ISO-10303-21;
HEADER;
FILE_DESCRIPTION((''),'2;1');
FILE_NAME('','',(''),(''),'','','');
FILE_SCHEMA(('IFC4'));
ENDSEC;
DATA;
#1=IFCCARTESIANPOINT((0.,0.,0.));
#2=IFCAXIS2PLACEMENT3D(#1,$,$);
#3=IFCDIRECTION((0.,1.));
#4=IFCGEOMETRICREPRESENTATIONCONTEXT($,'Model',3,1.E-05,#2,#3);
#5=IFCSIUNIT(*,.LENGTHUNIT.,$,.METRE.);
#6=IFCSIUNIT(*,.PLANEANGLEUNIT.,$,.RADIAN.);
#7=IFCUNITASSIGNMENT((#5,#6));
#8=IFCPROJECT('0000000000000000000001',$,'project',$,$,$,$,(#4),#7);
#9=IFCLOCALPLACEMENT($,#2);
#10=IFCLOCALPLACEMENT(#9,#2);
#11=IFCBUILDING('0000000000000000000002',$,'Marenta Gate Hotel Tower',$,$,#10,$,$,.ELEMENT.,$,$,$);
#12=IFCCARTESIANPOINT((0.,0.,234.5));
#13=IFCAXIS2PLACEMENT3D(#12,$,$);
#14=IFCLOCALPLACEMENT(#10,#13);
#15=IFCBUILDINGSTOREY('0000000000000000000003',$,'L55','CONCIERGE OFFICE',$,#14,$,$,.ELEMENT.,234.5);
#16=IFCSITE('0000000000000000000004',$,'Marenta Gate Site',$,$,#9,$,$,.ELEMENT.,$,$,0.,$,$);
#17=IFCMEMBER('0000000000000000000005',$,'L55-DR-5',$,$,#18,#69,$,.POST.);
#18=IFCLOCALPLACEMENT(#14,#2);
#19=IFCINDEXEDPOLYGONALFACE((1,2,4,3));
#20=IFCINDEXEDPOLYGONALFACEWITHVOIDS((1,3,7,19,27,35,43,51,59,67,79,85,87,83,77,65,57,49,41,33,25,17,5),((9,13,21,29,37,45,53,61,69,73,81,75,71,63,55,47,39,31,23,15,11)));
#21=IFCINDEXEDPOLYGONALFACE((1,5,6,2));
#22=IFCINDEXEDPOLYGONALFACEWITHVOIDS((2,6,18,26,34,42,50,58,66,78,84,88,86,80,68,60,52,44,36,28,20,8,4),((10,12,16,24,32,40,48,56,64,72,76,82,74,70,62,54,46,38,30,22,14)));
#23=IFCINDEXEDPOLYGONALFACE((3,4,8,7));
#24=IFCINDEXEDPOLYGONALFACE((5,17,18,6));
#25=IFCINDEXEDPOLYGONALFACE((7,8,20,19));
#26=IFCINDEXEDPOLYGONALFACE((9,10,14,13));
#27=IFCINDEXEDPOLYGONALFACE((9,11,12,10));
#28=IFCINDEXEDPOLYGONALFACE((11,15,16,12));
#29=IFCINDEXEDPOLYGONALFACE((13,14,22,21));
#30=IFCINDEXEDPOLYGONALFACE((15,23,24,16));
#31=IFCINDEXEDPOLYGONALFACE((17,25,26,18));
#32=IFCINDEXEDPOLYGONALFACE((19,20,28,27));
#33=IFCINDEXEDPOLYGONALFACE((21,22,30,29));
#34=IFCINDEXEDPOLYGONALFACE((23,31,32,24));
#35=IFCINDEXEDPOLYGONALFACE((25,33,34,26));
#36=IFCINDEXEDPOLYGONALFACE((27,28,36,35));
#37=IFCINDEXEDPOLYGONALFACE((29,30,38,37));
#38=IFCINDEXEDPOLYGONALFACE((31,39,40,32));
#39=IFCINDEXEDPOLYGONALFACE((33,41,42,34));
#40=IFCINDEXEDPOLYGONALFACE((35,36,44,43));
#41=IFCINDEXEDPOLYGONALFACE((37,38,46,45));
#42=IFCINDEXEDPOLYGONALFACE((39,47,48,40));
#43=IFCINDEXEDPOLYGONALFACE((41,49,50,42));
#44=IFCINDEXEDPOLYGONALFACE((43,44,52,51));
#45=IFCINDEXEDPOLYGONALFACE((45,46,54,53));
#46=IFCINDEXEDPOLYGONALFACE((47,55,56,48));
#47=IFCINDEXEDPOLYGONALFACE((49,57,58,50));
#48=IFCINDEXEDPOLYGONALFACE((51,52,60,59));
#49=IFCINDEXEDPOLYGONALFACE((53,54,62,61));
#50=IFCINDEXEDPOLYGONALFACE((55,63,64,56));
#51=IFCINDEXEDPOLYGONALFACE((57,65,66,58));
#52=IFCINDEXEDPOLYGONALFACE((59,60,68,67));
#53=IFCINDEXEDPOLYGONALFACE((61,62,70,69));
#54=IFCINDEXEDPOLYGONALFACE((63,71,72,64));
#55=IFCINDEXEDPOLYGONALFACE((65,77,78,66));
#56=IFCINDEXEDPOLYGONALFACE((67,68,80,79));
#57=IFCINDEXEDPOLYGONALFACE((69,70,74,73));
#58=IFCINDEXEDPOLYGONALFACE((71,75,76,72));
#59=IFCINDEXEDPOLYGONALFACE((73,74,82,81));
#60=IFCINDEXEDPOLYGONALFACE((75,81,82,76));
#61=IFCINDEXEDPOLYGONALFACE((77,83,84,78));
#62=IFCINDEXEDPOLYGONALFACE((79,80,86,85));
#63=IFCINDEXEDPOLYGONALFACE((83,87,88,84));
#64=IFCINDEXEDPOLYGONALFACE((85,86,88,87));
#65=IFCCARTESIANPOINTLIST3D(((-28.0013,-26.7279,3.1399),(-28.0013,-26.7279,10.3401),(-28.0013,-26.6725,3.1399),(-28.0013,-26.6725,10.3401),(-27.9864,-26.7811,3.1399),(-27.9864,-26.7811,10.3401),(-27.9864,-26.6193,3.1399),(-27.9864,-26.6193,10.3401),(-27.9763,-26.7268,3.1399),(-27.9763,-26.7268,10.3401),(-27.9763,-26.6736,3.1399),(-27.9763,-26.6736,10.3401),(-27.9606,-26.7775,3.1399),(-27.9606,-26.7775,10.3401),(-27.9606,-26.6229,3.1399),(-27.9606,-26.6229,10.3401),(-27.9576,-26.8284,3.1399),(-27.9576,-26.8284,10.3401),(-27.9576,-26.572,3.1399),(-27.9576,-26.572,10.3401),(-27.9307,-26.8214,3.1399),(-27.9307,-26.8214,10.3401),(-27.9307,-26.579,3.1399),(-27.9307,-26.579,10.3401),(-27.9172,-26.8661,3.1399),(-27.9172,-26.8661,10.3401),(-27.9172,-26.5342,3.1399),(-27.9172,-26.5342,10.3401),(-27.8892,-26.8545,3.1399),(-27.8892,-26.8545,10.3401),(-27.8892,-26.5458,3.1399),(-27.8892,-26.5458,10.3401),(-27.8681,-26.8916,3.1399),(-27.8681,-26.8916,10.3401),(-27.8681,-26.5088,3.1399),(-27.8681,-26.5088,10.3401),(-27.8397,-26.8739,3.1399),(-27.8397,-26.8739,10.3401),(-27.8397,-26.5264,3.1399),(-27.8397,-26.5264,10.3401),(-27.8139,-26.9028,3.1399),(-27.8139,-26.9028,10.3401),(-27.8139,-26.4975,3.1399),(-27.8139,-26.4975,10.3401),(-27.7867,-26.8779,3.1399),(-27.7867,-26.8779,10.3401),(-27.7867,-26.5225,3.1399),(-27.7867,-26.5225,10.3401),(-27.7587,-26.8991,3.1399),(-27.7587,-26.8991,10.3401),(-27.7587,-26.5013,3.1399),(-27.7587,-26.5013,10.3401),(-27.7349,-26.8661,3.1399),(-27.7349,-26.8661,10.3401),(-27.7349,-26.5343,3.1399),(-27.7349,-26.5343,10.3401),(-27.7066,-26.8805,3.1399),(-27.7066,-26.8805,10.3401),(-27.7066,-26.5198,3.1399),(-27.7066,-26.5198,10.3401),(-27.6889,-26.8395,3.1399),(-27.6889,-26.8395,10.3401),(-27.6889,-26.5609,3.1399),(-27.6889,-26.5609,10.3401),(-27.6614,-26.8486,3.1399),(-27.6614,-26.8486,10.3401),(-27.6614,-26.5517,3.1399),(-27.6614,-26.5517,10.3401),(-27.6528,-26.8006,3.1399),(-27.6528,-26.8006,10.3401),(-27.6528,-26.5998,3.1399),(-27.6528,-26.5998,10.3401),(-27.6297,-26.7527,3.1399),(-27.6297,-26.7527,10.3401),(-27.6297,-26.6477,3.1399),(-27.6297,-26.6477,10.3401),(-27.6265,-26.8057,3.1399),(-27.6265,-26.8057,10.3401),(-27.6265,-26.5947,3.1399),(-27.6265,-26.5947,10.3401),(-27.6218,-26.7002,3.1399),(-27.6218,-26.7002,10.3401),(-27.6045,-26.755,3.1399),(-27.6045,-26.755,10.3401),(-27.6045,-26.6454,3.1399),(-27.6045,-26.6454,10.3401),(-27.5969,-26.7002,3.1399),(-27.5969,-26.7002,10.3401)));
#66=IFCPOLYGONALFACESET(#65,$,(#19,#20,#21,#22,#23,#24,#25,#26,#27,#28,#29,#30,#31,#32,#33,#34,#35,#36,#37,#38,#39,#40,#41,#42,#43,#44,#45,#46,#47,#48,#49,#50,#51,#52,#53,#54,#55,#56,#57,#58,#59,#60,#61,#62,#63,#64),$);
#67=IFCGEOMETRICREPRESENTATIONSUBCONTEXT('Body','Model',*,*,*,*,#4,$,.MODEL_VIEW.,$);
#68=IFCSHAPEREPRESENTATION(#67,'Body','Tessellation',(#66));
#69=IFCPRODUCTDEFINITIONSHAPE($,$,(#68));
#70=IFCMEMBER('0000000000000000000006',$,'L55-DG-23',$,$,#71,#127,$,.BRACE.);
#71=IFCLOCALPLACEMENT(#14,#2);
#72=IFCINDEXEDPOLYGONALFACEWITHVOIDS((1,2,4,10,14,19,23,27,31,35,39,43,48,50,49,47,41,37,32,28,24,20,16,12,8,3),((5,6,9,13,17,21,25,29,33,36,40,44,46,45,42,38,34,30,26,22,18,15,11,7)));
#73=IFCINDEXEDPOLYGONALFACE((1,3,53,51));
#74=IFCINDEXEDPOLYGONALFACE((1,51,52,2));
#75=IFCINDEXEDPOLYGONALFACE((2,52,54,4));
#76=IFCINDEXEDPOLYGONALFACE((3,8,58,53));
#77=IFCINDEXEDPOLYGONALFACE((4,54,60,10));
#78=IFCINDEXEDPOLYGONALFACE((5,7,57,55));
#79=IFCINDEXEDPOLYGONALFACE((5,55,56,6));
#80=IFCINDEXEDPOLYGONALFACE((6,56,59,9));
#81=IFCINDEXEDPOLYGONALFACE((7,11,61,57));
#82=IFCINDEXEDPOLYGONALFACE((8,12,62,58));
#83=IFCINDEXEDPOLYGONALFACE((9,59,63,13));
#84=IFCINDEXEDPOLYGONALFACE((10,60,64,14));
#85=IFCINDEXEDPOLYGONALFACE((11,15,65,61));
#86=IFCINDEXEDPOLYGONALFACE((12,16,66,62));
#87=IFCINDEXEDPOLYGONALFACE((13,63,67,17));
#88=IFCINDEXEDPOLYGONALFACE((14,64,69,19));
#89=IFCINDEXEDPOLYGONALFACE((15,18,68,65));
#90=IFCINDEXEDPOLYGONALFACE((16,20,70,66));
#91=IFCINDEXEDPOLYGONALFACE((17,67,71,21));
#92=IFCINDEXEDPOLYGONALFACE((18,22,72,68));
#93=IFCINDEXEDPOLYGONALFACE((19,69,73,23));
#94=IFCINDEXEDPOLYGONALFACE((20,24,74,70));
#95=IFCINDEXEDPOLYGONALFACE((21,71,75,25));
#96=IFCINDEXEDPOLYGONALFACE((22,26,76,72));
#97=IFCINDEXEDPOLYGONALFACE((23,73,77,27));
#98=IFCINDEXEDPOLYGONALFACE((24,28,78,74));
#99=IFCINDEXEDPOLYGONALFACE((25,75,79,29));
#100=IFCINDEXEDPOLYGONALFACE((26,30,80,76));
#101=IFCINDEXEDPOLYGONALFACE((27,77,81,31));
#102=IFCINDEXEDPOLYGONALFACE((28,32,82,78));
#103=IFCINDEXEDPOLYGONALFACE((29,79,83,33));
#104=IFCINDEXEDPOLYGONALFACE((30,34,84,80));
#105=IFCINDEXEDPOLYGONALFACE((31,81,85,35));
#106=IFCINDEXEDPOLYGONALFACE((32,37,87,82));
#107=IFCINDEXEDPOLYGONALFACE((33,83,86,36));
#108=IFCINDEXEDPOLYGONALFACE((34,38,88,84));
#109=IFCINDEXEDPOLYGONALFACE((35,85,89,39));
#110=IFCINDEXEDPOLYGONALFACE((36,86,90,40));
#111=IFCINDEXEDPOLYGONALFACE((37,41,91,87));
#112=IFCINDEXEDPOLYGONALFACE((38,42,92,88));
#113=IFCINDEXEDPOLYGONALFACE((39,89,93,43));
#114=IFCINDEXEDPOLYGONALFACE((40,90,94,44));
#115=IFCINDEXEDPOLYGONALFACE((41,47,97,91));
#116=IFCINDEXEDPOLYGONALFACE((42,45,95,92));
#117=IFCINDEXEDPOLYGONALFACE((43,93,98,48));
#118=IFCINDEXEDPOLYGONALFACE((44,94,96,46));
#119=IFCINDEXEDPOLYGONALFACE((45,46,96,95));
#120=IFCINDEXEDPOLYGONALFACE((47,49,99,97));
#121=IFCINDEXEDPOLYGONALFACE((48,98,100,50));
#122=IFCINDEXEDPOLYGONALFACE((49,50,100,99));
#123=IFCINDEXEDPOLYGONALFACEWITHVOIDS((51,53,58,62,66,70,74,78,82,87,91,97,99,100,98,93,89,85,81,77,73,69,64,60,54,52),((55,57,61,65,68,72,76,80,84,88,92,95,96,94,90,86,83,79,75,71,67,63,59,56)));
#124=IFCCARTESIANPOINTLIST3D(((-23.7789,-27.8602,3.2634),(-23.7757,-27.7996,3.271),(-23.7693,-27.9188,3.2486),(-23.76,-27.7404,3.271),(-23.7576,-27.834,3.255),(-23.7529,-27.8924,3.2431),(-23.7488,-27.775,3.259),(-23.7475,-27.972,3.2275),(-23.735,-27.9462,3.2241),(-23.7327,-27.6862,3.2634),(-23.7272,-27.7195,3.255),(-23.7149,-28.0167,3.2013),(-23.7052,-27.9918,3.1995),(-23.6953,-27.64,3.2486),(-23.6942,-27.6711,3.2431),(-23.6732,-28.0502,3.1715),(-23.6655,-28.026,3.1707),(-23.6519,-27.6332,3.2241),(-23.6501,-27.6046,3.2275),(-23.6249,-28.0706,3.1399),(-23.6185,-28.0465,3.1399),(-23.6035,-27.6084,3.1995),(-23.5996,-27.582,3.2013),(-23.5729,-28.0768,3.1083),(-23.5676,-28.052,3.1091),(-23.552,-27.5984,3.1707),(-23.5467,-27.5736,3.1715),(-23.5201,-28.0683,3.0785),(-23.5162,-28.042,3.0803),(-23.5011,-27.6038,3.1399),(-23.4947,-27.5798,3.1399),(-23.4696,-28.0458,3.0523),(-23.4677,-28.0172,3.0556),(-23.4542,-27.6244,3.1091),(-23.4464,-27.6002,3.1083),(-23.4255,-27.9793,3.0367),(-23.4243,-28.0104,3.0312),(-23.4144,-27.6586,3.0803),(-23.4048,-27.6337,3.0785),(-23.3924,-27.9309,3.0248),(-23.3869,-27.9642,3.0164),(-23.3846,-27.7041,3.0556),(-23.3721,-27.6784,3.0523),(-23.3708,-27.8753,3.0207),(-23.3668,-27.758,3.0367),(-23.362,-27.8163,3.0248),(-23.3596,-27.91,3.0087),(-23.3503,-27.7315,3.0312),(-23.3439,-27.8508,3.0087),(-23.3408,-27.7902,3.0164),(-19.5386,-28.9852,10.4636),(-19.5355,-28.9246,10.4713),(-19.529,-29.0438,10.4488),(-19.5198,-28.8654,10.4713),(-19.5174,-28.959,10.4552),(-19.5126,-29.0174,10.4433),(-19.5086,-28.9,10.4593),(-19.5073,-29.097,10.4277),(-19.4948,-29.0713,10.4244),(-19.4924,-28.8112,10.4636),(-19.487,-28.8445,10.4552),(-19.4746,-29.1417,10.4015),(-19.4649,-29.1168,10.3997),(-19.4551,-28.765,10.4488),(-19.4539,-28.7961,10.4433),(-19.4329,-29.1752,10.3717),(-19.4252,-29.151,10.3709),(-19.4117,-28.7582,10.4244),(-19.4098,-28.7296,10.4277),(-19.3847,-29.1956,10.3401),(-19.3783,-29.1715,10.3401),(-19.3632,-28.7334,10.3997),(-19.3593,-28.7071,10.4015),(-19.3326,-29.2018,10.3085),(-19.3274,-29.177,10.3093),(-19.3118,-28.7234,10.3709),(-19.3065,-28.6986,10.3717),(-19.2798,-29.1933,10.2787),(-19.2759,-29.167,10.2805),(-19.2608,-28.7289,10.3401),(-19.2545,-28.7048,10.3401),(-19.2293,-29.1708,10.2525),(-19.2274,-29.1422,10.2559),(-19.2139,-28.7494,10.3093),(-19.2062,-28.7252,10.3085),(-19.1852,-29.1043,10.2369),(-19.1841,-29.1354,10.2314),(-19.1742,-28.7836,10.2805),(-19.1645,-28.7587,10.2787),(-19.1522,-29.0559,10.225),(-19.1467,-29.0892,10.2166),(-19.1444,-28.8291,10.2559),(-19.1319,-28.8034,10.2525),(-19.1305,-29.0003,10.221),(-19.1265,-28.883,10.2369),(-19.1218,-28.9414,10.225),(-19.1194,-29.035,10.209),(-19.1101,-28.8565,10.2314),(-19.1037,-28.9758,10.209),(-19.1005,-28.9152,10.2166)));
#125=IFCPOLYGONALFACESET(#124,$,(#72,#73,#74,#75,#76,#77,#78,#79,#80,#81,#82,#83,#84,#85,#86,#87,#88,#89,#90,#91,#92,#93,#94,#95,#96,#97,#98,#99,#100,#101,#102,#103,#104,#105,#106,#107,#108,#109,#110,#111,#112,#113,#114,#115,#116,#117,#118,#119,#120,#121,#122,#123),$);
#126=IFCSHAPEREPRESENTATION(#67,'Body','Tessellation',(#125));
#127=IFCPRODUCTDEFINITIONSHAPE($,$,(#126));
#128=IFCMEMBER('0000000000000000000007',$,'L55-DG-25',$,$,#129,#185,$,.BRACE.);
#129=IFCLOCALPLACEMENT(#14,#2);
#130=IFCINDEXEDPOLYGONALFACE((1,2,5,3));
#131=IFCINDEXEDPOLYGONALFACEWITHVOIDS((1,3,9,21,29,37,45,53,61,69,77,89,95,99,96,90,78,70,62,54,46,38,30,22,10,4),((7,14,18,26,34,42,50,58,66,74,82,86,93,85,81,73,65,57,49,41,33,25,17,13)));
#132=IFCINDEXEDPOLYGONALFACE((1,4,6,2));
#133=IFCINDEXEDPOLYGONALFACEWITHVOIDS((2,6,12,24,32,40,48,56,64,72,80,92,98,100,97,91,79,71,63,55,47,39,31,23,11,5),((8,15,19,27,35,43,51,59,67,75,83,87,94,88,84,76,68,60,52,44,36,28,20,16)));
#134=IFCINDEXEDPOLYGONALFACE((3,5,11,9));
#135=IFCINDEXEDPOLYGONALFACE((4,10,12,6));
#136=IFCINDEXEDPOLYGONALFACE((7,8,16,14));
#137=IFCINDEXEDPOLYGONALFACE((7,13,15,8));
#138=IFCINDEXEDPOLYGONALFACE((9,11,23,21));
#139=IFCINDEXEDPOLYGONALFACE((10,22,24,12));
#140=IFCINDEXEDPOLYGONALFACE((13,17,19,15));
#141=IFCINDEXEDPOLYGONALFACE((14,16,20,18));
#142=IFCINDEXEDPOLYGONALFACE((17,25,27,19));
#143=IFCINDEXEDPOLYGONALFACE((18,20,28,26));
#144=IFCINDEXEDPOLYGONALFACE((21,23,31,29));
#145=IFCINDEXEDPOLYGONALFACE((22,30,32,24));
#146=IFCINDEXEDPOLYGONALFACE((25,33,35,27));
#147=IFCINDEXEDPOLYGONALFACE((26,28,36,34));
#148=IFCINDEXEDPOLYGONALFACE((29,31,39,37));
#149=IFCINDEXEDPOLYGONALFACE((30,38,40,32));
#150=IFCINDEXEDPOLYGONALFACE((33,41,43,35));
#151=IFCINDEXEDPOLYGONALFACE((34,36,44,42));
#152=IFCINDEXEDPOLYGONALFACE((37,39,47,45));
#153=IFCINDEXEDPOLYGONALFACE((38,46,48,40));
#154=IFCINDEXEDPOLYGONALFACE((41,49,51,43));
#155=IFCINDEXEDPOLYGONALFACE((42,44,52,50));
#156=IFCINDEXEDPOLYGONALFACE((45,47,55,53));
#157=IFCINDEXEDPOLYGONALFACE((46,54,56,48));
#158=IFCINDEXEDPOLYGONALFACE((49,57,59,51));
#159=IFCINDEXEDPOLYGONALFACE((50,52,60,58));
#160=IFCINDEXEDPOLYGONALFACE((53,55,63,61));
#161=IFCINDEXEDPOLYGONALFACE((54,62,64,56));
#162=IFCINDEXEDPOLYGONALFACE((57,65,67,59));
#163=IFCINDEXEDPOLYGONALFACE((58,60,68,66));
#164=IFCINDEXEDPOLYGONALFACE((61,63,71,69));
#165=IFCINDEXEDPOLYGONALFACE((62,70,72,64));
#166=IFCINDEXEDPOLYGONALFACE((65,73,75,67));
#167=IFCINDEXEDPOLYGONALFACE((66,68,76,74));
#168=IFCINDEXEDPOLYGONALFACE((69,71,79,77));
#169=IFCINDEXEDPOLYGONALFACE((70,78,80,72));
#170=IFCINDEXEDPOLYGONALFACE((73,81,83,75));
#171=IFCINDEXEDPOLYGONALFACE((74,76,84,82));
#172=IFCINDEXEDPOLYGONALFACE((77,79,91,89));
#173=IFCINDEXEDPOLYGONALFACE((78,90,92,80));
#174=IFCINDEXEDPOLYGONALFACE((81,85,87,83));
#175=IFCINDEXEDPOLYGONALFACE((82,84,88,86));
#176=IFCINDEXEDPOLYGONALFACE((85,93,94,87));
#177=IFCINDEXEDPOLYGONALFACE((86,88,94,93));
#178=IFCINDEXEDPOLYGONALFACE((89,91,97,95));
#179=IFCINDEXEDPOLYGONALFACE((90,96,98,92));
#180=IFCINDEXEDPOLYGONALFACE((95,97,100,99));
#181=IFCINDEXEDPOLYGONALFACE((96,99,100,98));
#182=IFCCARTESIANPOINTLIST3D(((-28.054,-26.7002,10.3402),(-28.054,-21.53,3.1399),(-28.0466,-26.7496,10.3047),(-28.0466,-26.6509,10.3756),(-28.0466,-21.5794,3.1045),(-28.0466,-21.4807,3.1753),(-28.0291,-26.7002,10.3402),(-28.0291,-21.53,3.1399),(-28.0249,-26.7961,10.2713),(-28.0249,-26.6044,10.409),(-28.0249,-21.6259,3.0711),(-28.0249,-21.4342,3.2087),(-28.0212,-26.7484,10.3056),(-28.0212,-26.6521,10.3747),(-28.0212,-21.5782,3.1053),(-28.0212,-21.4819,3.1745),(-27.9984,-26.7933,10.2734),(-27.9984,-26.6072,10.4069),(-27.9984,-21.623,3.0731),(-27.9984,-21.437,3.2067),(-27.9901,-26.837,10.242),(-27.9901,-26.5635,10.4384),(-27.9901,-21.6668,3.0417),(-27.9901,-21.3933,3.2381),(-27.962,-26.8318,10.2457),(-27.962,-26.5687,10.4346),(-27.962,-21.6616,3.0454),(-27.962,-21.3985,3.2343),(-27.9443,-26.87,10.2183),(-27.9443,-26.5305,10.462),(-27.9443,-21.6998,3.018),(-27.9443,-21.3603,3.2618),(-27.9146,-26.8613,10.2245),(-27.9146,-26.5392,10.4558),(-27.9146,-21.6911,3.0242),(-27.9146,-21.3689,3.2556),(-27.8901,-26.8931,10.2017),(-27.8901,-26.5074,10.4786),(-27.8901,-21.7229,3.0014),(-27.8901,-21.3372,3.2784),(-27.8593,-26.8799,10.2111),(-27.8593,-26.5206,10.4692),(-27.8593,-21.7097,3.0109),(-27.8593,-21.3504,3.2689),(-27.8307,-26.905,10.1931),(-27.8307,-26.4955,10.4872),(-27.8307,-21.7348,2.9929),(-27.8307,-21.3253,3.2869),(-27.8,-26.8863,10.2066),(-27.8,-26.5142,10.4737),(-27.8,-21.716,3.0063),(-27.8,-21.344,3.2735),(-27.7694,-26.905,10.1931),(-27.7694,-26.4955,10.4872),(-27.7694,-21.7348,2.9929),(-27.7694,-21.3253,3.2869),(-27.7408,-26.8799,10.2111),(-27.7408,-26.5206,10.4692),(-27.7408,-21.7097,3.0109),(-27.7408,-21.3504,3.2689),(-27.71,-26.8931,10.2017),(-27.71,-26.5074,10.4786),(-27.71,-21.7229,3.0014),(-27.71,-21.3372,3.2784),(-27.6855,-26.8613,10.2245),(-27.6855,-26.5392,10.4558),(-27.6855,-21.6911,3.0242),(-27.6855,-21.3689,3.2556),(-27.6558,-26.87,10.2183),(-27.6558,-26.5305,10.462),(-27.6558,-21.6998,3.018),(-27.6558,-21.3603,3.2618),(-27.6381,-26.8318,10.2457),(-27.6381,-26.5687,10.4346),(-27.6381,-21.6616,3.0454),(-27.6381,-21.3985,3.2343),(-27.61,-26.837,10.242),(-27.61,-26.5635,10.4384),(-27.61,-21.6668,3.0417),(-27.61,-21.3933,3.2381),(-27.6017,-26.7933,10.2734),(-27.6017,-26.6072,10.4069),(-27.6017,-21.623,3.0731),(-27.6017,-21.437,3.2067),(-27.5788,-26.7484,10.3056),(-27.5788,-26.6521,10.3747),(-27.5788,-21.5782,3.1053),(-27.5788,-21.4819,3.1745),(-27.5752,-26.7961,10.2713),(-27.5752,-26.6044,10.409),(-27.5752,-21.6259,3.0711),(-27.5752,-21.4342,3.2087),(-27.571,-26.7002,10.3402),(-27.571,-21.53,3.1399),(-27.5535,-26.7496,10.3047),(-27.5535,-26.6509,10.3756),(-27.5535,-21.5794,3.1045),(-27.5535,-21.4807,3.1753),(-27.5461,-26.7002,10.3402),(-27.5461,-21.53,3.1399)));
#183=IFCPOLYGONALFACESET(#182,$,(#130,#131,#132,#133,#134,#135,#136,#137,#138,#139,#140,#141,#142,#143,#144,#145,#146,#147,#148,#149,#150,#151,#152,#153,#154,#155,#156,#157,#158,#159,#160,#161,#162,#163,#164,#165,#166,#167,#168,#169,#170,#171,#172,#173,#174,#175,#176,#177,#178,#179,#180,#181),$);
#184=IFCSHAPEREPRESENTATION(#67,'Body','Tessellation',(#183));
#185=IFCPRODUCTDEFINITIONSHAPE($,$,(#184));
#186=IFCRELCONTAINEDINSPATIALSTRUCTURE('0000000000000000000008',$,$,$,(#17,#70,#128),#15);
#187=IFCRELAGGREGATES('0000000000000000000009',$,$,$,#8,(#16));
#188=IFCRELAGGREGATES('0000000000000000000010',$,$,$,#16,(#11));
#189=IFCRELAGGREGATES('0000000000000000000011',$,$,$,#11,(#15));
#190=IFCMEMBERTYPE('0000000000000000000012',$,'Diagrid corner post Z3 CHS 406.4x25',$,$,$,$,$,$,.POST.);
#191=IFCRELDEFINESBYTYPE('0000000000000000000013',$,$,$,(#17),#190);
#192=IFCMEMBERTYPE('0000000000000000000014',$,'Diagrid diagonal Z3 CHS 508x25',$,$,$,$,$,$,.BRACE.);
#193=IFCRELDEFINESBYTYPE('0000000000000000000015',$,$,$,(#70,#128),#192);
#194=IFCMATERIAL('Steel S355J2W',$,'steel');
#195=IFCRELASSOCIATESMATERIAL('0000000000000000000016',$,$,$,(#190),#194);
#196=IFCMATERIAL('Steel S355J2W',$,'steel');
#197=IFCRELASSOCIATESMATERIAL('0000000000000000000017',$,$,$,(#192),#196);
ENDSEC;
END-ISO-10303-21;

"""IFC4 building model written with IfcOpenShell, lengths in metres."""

from ifc_helpers import new_model, si_unit, direction, frame, origin, origin_2d, place, context, subcontext, project, spatial, hollow_circle, extrude, material, material_profile, profile_set, type_object, element, save


model = new_model("IFC4")

# Units and contexts
model_context = context("Model", 3, precision=1e-05, world=origin(), true_north=direction((0.0, 1.0)))
body_context = subcontext(model_context, "Body", "Model", "MODEL_VIEW")
ifc_project = project(units=[si_unit("LENGTHUNIT", "METRE"), si_unit("PLANEANGLEUNIT", "RADIAN")], contexts=[model_context])

# Site, building, storey
site_placement = place(None, origin())
site = spatial("IfcSite", under=ifc_project, at=site_placement, Name="Marenta Gate Site", CompositionType="ELEMENT", RefElevation=0.0)
building_placement = place(site_placement, origin())
building = spatial("IfcBuilding", under=site, at=building_placement, Name="Marenta Gate Hotel Tower", CompositionType="ELEMENT")
storey_placement = place(building_placement, frame((0.0, 0.0, 234.5)))
storey = spatial("IfcBuildingStorey", under=building, at=storey_placement, Name="L55", Description="CONCIERGE OFFICE", CompositionType="ELEMENT", Elevation=234.5)

# Members
ifc_material_1 = material(Name="Steel S355J2W", Category="steel")
ifc_material_profile_1 = material_profile(ifc_material_1, hollow_circle(Radius=0.2031, WallThickness=0.0249, at=origin_2d()), Name="CHS 406.4x25")
ifc_profile_set_1 = profile_set([ifc_material_profile_1], Name="Steel S355J2W")
member_type_1 = type_object("IfcMemberType", Name="Diagrid corner post Z3 CHS 406.4x25", PredefinedType="POST", material=ifc_profile_set_1)
member_1_placement = place(storey_placement, frame((-27.8, -26.7002, 3.1399), z_axis=(0.0, 0.0, 1.0), x_axis=(1.0, 0.0, 0.0)))
element("IfcMember", 1, at=member_1_placement, inside=storey, type_object=member_type_1, Name="L55-DR-5", PredefinedType="POST", context=body_context, shape_type="SweptSolid", body=[
    extrude(hollow_circle(Radius=0.2031, WallThickness=0.0249, at=origin_2d()), origin(), (0.0, 0.0, 1.0), 7.2002),
])
ifc_material_2 = material(Name="Steel S355J2W", Category="steel")
ifc_material_profile_2 = material_profile(ifc_material_2, hollow_circle(Radius=0.2539, WallThickness=0.0249, at=origin_2d()), Name="CHS 508x25")
ifc_profile_set_2 = profile_set([ifc_material_profile_2], Name="Steel S355J2W")
member_type_2 = type_object("IfcMemberType", Name="Diagrid diagonal Z3 CHS 508x25", PredefinedType="BRACE", material=ifc_profile_set_2)
member_2_placement = place(storey_placement, frame((-23.5598, -27.8252, 3.1399), z_axis=(0.502912, -0.13343, 0.853977), x_axis=(0.256443, 0.966559, 0.0)))
element("IfcMember", 2, at=member_2_placement, inside=storey, type_object=member_type_2, Name="L55-DG-23", PredefinedType="BRACE", context=body_context, shape_type="SweptSolid", body=[
    extrude(hollow_circle(Radius=0.2539, WallThickness=0.0249, at=origin_2d()), origin(), (0.0, 0.0, 1.0), 8.4314),
])
member_3_placement = place(storey_placement, frame((-27.8, -21.53, 3.1399), z_axis=(0.0, -0.583266, 0.812281), x_axis=(1.0, 0.0, 0.0)))
element("IfcMember", 3, at=member_3_placement, inside=storey, type_object=member_type_2, Name="L55-DG-25", PredefinedType="BRACE", context=body_context, shape_type="SweptSolid", body=[
    extrude(hollow_circle(Radius=0.2539, WallThickness=0.0249, at=origin_2d()), origin(), (0.0, 0.0, 1.0), 8.8643),
])

save(model, "model.ifc")
